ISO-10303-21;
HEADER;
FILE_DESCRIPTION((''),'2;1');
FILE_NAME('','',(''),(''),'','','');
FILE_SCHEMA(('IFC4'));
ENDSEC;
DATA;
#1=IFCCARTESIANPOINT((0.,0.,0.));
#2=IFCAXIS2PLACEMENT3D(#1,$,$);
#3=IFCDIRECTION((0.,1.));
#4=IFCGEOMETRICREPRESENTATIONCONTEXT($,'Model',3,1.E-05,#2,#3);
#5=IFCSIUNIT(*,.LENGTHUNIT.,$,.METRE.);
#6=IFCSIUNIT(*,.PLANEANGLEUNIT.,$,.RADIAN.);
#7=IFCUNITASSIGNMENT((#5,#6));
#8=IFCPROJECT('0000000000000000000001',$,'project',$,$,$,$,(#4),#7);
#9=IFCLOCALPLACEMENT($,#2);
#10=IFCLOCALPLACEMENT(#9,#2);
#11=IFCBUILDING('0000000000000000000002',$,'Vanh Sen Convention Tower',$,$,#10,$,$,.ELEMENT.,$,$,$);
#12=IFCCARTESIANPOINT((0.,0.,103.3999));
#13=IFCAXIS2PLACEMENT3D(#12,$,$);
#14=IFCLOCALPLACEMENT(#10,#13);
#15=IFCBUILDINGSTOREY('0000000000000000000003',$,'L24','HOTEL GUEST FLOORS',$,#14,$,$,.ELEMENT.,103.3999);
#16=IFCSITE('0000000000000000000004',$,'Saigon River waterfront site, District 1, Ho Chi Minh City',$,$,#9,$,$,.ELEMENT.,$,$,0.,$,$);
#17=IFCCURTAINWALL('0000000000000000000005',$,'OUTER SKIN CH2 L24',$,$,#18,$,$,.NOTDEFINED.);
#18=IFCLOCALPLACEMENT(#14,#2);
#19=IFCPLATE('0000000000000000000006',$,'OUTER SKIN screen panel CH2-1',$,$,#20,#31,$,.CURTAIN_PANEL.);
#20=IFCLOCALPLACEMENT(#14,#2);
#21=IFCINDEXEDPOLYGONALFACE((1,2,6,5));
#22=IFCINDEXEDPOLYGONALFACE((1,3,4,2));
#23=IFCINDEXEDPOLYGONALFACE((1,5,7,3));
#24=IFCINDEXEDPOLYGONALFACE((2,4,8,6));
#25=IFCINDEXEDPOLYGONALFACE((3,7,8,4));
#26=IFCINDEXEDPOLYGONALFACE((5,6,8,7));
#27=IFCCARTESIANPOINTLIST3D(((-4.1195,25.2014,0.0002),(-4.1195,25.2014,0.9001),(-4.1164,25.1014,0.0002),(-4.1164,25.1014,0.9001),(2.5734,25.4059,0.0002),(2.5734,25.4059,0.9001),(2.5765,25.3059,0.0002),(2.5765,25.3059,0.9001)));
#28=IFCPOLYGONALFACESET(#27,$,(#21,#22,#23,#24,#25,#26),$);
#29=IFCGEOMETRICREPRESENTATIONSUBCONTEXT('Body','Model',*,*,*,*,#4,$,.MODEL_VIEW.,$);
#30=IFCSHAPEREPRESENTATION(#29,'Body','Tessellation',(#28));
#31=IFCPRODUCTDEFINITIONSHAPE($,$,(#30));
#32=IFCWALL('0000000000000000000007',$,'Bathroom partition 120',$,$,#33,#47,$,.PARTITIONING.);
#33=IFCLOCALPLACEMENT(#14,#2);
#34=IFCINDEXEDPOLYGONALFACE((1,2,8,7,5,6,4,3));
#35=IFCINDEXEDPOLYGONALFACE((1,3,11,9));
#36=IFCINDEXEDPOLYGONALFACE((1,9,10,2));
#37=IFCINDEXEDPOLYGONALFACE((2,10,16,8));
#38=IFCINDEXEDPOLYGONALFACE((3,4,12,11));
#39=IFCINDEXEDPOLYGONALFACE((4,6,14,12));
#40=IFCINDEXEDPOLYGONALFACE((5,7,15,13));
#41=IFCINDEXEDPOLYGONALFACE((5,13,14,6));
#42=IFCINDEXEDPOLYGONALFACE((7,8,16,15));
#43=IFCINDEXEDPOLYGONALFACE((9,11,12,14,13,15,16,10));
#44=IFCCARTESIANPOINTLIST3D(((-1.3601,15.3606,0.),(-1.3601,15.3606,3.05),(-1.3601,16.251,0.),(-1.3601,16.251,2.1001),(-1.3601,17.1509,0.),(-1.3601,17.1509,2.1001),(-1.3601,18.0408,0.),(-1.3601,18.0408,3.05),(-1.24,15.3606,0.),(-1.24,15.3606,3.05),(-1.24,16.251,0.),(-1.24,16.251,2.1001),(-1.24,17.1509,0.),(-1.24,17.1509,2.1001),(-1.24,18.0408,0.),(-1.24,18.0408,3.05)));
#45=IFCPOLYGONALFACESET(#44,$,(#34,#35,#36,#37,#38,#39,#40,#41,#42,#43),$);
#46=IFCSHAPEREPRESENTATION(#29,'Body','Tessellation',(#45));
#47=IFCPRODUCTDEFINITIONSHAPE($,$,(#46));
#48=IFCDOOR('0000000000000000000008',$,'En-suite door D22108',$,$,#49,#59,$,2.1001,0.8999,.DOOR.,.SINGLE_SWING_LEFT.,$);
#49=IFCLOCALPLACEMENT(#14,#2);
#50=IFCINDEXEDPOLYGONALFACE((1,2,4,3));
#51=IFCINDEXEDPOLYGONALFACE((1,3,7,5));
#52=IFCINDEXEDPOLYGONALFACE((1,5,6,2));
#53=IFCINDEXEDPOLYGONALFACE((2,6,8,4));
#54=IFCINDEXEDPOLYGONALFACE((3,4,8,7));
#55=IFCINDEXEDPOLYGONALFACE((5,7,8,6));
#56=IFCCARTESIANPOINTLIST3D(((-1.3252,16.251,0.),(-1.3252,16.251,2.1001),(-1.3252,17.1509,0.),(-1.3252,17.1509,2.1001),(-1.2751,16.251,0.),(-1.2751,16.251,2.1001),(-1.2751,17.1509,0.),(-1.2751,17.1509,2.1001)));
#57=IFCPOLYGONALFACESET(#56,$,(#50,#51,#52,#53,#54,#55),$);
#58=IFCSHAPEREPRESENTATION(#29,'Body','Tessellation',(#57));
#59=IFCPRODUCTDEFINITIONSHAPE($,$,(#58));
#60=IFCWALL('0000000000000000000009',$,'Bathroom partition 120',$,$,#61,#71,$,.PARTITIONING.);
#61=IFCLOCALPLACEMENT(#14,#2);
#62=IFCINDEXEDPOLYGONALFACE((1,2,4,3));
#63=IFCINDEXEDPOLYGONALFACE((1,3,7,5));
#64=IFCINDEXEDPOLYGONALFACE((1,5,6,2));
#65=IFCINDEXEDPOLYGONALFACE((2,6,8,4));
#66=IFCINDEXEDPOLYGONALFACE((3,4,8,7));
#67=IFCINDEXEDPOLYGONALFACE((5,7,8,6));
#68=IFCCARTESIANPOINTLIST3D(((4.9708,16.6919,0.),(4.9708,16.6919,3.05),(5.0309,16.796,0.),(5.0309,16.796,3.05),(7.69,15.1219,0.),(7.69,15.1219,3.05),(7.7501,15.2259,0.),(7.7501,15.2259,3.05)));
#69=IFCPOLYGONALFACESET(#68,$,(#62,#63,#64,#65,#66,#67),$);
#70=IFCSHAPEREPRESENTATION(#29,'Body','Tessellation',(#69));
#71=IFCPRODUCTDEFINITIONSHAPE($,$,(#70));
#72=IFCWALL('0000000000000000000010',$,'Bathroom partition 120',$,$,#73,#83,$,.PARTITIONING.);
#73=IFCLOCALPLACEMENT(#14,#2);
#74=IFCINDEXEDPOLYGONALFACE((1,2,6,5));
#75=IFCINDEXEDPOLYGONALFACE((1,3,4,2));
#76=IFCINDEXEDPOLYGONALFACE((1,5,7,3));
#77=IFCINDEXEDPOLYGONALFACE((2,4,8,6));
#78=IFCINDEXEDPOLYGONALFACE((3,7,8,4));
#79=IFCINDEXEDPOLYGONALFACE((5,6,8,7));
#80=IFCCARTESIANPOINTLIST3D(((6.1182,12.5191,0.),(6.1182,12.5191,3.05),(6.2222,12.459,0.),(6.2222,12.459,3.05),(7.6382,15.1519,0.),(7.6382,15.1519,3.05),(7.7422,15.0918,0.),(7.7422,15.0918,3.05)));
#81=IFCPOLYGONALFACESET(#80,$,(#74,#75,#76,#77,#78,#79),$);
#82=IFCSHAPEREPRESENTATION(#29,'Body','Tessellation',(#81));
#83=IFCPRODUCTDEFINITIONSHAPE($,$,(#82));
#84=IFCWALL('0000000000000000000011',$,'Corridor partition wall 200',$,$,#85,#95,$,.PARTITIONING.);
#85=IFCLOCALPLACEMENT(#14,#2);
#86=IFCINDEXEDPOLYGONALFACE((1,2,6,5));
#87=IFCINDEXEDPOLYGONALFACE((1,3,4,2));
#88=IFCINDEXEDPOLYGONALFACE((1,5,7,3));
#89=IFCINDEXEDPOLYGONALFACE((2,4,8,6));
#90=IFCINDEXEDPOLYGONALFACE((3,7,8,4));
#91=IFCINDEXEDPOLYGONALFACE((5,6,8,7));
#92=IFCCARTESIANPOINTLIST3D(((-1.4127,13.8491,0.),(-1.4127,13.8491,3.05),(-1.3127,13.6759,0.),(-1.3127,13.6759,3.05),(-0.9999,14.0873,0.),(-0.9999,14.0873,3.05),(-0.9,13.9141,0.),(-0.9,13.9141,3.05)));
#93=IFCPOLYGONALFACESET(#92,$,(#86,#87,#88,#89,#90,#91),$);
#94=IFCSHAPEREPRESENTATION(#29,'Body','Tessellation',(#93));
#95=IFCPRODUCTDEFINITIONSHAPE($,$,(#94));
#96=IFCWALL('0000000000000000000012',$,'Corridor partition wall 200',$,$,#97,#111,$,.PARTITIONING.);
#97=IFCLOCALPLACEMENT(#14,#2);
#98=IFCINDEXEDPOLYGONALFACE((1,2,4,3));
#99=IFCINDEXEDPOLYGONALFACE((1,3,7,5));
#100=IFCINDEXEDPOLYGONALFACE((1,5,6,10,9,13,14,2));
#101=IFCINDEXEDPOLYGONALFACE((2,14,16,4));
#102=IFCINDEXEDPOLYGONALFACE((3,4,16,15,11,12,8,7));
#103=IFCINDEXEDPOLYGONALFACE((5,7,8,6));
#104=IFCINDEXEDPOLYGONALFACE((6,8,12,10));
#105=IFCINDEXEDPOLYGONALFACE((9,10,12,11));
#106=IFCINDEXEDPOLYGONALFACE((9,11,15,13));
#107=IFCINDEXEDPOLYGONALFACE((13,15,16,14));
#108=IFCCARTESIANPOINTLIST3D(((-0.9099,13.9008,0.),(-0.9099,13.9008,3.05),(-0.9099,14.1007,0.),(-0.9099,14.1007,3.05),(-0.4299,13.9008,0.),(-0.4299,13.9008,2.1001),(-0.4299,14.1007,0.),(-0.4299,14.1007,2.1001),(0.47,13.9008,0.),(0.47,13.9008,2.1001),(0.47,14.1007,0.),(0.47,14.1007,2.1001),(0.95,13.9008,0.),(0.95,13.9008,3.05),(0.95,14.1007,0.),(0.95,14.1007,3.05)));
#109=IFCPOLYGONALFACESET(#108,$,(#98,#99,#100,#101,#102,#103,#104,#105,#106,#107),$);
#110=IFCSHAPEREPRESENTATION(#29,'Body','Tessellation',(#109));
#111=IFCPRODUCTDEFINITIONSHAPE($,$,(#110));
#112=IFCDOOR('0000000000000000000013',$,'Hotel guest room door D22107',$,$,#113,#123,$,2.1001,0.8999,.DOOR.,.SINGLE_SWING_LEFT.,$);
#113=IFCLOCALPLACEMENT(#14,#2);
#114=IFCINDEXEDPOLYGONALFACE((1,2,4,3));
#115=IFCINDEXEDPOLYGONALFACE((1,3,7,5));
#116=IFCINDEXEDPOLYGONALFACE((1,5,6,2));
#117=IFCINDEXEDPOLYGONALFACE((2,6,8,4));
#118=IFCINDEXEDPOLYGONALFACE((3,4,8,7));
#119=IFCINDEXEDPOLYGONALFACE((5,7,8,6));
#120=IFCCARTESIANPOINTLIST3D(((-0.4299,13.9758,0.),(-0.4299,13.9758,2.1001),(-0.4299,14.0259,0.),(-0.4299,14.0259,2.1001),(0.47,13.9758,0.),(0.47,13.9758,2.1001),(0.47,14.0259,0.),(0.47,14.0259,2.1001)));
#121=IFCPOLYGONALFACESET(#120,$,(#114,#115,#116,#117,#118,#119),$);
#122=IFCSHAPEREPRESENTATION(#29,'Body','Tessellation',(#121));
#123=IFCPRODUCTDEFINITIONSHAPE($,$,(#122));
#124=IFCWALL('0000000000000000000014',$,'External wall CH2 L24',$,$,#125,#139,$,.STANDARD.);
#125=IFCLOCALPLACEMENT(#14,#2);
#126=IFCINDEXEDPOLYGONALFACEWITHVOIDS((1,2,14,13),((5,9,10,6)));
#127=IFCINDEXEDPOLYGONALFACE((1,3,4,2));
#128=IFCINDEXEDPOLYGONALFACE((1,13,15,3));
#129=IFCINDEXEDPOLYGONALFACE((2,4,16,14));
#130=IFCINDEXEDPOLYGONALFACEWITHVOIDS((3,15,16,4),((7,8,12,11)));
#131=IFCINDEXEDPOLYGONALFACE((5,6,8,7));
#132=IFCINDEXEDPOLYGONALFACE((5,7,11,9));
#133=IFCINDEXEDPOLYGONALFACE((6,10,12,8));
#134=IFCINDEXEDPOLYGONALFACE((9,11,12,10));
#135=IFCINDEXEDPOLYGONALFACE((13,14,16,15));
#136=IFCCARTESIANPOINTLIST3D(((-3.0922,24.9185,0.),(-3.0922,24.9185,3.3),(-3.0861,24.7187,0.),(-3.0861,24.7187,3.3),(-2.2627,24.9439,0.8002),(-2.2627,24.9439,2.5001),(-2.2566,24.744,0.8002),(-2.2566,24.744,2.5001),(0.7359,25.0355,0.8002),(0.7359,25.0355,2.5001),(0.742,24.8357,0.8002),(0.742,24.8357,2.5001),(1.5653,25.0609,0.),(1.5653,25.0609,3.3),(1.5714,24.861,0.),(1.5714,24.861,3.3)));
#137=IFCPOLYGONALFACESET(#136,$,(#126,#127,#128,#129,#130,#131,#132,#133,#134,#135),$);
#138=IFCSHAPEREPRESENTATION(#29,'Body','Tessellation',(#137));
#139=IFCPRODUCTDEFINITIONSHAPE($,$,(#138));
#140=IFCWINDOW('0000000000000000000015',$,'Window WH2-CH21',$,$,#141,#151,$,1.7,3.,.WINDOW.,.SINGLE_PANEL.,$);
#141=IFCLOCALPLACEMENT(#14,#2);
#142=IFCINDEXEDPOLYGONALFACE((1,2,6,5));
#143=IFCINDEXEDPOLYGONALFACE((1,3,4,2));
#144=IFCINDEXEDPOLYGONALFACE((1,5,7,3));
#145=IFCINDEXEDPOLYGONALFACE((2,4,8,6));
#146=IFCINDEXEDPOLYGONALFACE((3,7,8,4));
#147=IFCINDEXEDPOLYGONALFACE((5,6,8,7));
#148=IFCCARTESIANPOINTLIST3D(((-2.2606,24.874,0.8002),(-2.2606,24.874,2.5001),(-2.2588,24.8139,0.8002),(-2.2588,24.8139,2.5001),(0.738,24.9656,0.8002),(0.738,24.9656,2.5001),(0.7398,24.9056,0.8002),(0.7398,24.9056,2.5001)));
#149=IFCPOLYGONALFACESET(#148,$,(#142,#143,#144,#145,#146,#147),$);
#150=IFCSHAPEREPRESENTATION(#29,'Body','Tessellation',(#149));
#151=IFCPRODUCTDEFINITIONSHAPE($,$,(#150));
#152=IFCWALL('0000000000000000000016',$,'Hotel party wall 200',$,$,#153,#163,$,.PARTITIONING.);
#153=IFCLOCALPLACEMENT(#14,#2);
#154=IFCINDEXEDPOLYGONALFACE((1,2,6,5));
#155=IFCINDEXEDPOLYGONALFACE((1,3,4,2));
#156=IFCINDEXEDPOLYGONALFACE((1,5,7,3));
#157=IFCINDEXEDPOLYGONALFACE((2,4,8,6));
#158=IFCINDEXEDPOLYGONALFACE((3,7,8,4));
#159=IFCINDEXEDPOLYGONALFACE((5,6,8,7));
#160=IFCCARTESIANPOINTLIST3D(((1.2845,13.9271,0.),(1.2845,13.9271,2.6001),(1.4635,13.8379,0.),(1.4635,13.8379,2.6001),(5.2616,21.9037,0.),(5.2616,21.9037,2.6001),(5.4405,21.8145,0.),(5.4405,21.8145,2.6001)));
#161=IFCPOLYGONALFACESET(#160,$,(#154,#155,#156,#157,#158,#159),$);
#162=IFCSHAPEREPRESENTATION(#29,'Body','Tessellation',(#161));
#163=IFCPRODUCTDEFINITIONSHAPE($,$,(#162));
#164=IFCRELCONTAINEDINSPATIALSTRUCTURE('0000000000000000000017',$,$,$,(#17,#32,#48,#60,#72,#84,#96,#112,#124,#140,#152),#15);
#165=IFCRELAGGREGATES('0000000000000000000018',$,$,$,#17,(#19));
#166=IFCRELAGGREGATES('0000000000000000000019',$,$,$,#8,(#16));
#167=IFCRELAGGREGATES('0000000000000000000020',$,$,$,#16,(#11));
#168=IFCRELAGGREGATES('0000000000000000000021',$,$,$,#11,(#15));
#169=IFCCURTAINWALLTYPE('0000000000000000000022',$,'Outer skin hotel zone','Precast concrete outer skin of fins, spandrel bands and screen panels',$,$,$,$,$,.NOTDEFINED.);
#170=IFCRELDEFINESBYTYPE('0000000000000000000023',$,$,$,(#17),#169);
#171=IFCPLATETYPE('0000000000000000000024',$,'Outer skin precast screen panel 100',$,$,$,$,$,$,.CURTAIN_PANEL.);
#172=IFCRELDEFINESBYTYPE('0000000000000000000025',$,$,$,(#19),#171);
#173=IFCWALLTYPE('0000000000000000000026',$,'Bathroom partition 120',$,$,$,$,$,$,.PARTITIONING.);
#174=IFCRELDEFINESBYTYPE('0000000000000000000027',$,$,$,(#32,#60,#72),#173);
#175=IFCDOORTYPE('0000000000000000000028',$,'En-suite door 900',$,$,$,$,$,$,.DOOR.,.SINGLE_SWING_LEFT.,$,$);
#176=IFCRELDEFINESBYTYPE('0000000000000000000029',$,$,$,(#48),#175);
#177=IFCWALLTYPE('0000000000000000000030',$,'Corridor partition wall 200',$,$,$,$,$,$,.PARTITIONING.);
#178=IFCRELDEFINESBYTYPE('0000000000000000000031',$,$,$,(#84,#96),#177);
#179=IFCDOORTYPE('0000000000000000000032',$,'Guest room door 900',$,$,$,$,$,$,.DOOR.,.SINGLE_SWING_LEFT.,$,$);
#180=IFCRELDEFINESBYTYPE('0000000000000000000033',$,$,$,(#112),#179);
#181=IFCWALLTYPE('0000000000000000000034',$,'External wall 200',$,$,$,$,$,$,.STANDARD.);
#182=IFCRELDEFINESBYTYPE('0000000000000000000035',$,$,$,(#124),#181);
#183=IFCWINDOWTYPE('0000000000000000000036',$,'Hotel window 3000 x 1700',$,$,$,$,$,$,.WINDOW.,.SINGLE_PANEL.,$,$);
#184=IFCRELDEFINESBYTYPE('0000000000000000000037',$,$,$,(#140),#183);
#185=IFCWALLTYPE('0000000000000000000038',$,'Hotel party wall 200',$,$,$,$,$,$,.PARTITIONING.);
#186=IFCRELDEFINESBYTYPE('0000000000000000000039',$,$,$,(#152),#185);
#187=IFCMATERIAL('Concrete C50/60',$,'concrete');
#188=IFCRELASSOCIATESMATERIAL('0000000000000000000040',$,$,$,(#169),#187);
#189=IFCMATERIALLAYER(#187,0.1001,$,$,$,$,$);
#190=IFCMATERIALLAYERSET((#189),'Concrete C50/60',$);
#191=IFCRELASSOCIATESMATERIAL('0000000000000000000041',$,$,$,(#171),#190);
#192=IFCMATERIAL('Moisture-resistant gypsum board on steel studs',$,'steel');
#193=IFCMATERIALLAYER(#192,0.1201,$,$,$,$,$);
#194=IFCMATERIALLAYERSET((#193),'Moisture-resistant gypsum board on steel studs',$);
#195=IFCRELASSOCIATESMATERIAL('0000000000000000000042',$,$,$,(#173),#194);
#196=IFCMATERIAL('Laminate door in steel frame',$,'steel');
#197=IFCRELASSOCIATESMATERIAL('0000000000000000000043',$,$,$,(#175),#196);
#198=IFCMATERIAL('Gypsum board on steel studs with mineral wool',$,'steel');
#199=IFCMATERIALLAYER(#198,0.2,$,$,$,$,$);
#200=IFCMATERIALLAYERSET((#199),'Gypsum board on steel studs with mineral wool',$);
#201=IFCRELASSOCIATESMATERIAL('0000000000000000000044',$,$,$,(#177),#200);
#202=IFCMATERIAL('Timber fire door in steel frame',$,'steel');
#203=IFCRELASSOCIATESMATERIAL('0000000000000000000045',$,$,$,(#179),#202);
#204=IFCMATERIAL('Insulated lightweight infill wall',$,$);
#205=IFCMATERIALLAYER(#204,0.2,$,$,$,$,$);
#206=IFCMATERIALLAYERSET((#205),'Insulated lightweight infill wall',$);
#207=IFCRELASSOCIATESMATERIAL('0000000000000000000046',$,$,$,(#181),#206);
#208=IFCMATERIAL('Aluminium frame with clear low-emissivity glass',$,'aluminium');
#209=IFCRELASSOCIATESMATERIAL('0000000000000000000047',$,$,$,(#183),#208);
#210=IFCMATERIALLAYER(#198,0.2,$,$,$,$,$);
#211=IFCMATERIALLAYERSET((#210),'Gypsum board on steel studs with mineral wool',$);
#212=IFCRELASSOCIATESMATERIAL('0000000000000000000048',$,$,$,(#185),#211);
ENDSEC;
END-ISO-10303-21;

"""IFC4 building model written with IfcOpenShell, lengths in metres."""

from ifc_helpers import new_model, si_unit, direction, frame, frame_2d, origin, origin_2d, place, context, subcontext, project, spatial, rectangle, extrude, material, layer, layer_set, type_object, element, fill, aggregate, save


model = new_model("IFC4")

# Units and contexts
model_context = context("Model", 3, precision=1e-05, world=origin(), true_north=direction((0.0, 1.0)))
body_context = subcontext(model_context, "Body", "Model", "MODEL_VIEW")
ifc_project = project(units=[si_unit("LENGTHUNIT", "METRE"), si_unit("PLANEANGLEUNIT", "RADIAN")], contexts=[model_context])

# Site, building, storey
site_placement = place(None, origin())
site = spatial("IfcSite", under=ifc_project, at=site_placement, Name="Saigon River waterfront site, District 1, Ho Chi Minh City", CompositionType="ELEMENT", RefElevation=0.0)
building_placement = place(site_placement, origin())
building = spatial("IfcBuilding", under=site, at=building_placement, Name="Vanh Sen Convention Tower", CompositionType="ELEMENT")
storey_placement = place(building_placement, frame((0.0, 0.0, 103.3999)))
storey = spatial("IfcBuildingStorey", under=building, at=storey_placement, Name="L24", Description="HOTEL GUEST FLOORS", CompositionType="ELEMENT", Elevation=103.3999)

# Shared definitions
ifc_material_1 = material(Name="Concrete C50/60", Category="concrete")
curtain_wall_type = type_object("IfcCurtainWallType", Name="Outer skin hotel zone", Description="Precast concrete outer skin of fins, spandrel bands and screen panels", PredefinedType="NOTDEFINED", material=ifc_material_1)

# Curtain wall
curtain_wall_1_placement = place(storey_placement, origin())
curtain_wall_1 = element("IfcCurtainWall", 1, at=curtain_wall_1_placement, inside=storey, type_object=curtain_wall_type, Name="OUTER SKIN CH2 L24", PredefinedType="NOTDEFINED")

# Plate
ifc_layer_1 = layer(ifc_material_1, 0.1001)
ifc_layer_set_1 = layer_set([ifc_layer_1], Name="Concrete C50/60")
plate_type = type_object("IfcPlateType", Name="Outer skin precast screen panel 100", PredefinedType="CURTAIN_PANEL", material=ifc_layer_set_1)
plate_1_placement = place(storey_placement, frame((-0.7715, 25.2537, 0.0002), z_axis=(0.0, 0.0, 1.0), x_axis=(-0.999534, -0.030537, 0.0)))
plate_1 = element("IfcPlate", 2, at=plate_1_placement, type_object=plate_type, Name="OUTER SKIN screen panel CH2-1", PredefinedType="CURTAIN_PANEL", context=body_context, shape_type="SweptSolid", body=[
    extrude(rectangle(XDim=6.696, YDim=0.1001, at=origin_2d()), origin(), (0.0, 0.0, 1.0), 0.8999),
])
aggregate(curtain_wall_1, [plate_1])

# Wall, opening, door
ifc_material_2 = material(Name="Moisture-resistant gypsum board on steel studs", Category="steel")
ifc_layer_2 = layer(ifc_material_2, 0.1201)
ifc_layer_set_2 = layer_set([ifc_layer_2], Name="Moisture-resistant gypsum board on steel studs")
wall_type_1 = type_object("IfcWallType", Name="Bathroom partition 120", PredefinedType="PARTITIONING", material=ifc_layer_set_2)
wall_1_placement = place(storey_placement, frame((-1.3, 18.0408, 0.0), z_axis=(0.0, 0.0, 1.0), x_axis=(0.0, -1.0, 0.0)))
wall_1 = element("IfcWall", 3, at=wall_1_placement, inside=storey, type_object=wall_type_1, Name="Bathroom partition 120", PredefinedType="PARTITIONING", context=body_context, shape_type="SweptSolid", body=[
    extrude(rectangle(XDim=2.6802, YDim=0.1201, at=frame_2d((1.3401, 0.0))), origin(), (0.0, 0.0, 1.0), 3.05),
])
opening_1_placement = place(wall_1_placement, frame((0.8899, 0.0, 0.0)))
opening_1 = element("IfcOpeningElement", 4, at=opening_1_placement, cuts=wall_1, PredefinedType="OPENING", context=body_context, shape_type="SweptSolid", body=[
    extrude(rectangle(XDim=0.8999, YDim=2.1001, at=frame_2d((0.45, 1.05))), frame((0.0, 0.0701, 0.0), z_axis=(0.0, -1.0, 0.0), x_axis=(1.0, 0.0, 0.0)), (0.0, 0.0, 1.0), 0.1401),
])
ifc_material_3 = material(Name="Laminate door in steel frame", Category="steel")
door_type_1 = type_object("IfcDoorType", Name="En-suite door 900", OperationType="SINGLE_SWING_LEFT", PredefinedType="DOOR", material=ifc_material_3)
door_1_placement = place(opening_1_placement, origin())
door_1 = element("IfcDoor", 5, at=door_1_placement, inside=storey, type_object=door_type_1, Name="En-suite door D22108", OperationType="SINGLE_SWING_LEFT", OverallHeight=2.1001, OverallWidth=0.8999, PredefinedType="DOOR", context=body_context, shape_type="SweptSolid", body=[
    extrude(rectangle(XDim=0.8999, YDim=2.1001, at=frame_2d((0.45, 1.05))), frame((0.0, 0.0249, 0.0), z_axis=(0.0, -1.0, 0.0), x_axis=(1.0, 0.0, 0.0)), (0.0, 0.0, 1.0), 0.05),
])
fill(opening_1, door_1)

# Walls
wall_2_placement = place(storey_placement, frame((5.001, 16.7439, 0.0), z_axis=(0.0, 0.0, 1.0), x_axis=(0.866009, -0.500028, 0.0)))
element("IfcWall", 6, at=wall_2_placement, inside=storey, type_object=wall_type_1, Name="Bathroom partition 120", PredefinedType="PARTITIONING", context=body_context, shape_type="SweptSolid", body=[
    extrude(rectangle(XDim=3.1399, YDim=0.1201, at=frame_2d((1.5698, 0.0))), origin(), (0.0, 0.0, 1.0), 3.05),
])
wall_3_placement = place(storey_placement, frame((7.6902, 15.1218, 0.0), z_axis=(0.0, 0.0, 1.0), x_axis=(-0.499991, -0.86603, 0.0)))
element("IfcWall", 7, at=wall_3_placement, inside=storey, type_object=wall_type_1, Name="Bathroom partition 120", PredefinedType="PARTITIONING", context=body_context, shape_type="SweptSolid", body=[
    extrude(rectangle(XDim=3.04, YDim=0.1201, at=frame_2d((1.52, 0.0))), origin(), (0.0, 0.0, 1.0), 3.05),
])
ifc_material_4 = material(Name="Gypsum board on steel studs with mineral wool", Category="steel")
ifc_layer_3 = layer(ifc_material_4, 0.2)
ifc_layer_set_3 = layer_set([ifc_layer_3], Name="Gypsum board on steel studs with mineral wool")
wall_type_2 = type_object("IfcWallType", Name="Corridor partition wall 200", PredefinedType="PARTITIONING", material=ifc_layer_set_3)
wall_4_placement = place(storey_placement, frame((-0.95, 14.0007, 0.0), z_axis=(0.0, 0.0, 1.0), x_axis=(-0.866092, -0.499885, 0.0)))
element("IfcWall", 8, at=wall_4_placement, inside=storey, type_object=wall_type_2, Name="Corridor partition wall 200", PredefinedType="PARTITIONING", context=body_context, shape_type="SweptSolid", body=[
    extrude(rectangle(XDim=0.4766, YDim=0.2, at=frame_2d((0.2383, 0.0))), origin(), (0.0, 0.0, 1.0), 3.05),
])

# Wall, opening, door
wall_5_placement = place(storey_placement, frame((0.95, 14.0007, 0.0), z_axis=(0.0, 0.0, 1.0), x_axis=(-1.0, 0.0, 0.0)))
wall_5 = element("IfcWall", 9, at=wall_5_placement, inside=storey, type_object=wall_type_2, Name="Corridor partition wall 200", PredefinedType="PARTITIONING", context=body_context, shape_type="SweptSolid", body=[
    extrude(rectangle(XDim=1.8599, YDim=0.2, at=frame_2d((0.9299, 0.0))), origin(), (0.0, 0.0, 1.0), 3.05),
])
opening_2_placement = place(wall_5_placement, frame((0.48, 0.0, 0.0)))
opening_2 = element("IfcOpeningElement", 10, at=opening_2_placement, cuts=wall_5, PredefinedType="OPENING", context=body_context, shape_type="SweptSolid", body=[
    extrude(rectangle(XDim=0.8999, YDim=2.1001, at=frame_2d((0.45, 1.05))), frame((0.0, 0.1099, 0.0), z_axis=(0.0, -1.0, 0.0), x_axis=(1.0, 0.0, 0.0)), (0.0, 0.0, 1.0), 0.22),
])
ifc_material_5 = material(Name="Timber fire door in steel frame", Category="steel")
door_type_2 = type_object("IfcDoorType", Name="Guest room door 900", OperationType="SINGLE_SWING_LEFT", PredefinedType="DOOR", material=ifc_material_5)
door_2_placement = place(opening_2_placement, origin())
door_2 = element("IfcDoor", 11, at=door_2_placement, inside=storey, type_object=door_type_2, Name="Hotel guest room door D22107", OperationType="SINGLE_SWING_LEFT", OverallHeight=2.1001, OverallWidth=0.8999, PredefinedType="DOOR", context=body_context, shape_type="SweptSolid", body=[
    extrude(rectangle(XDim=0.8999, YDim=2.1001, at=frame_2d((0.45, 1.05))), frame((0.0, 0.0249, 0.0), z_axis=(0.0, -1.0, 0.0), x_axis=(1.0, 0.0, 0.0)), (0.0, 0.0, 1.0), 0.05),
])
fill(opening_2, door_2)

# Wall, opening, window
ifc_material_6 = material(Name="Insulated lightweight infill wall")
ifc_layer_4 = layer(ifc_material_6, 0.2)
ifc_layer_set_4 = layer_set([ifc_layer_4], Name="Insulated lightweight infill wall")
wall_type_3 = type_object("IfcWallType", Name="External wall 200", PredefinedType="STANDARD", material=ifc_layer_set_4)
wall_6_placement = place(storey_placement, frame((1.5684, 24.9609, 0.0), z_axis=(0.0, 0.0, 1.0), x_axis=(-0.999533, -0.030546, 0.0)))
wall_6 = element("IfcWall", 12, at=wall_6_placement, inside=storey, type_object=wall_type_3, Name="External wall CH2 L24", PredefinedType="STANDARD", context=body_context, shape_type="SweptSolid", body=[
    extrude(rectangle(XDim=4.6597, YDim=0.2, at=frame_2d((2.3298, 0.0))), origin(), (0.0, 0.0, 1.0), 3.3),
])
opening_3_placement = place(wall_6_placement, frame((0.8298, 0.0, 0.8)))
opening_3 = element("IfcOpeningElement", 13, at=opening_3_placement, cuts=wall_6, PredefinedType="OPENING", context=body_context, shape_type="SweptSolid", body=[
    extrude(rectangle(XDim=3.0, YDim=1.7, at=frame_2d((1.5, 0.8501))), frame((0.0, 0.1099, 0.0), z_axis=(0.0, -1.0, 0.0), x_axis=(1.0, 0.0, 0.0)), (0.0, 0.0, 1.0), 0.22),
])
ifc_material_7 = material(Name="Aluminium frame with clear low-emissivity glass", Category="aluminium")
window_type = type_object("IfcWindowType", Name="Hotel window 3000 x 1700", PartitioningType="SINGLE_PANEL", PredefinedType="WINDOW", material=ifc_material_7)
window_placement = place(opening_3_placement, origin())
window = element("IfcWindow", 14, at=window_placement, inside=storey, type_object=window_type, Name="Window WH2-CH21", OverallHeight=1.7, OverallWidth=3.0, PartitioningType="SINGLE_PANEL", PredefinedType="WINDOW", context=body_context, shape_type="SweptSolid", body=[
    extrude(rectangle(XDim=3.0, YDim=1.7, at=frame_2d((1.5, 0.8501))), frame((0.0, 0.03, 0.0), z_axis=(0.0, -1.0, 0.0), x_axis=(1.0, 0.0, 0.0)), (0.0, 0.0, 1.0), 0.0601),
])
fill(opening_3, window)

# Wall
ifc_layer_5 = layer(ifc_material_4, 0.2)
ifc_layer_set_5 = layer_set([ifc_layer_5], Name="Gypsum board on steel studs with mineral wool")
wall_type_4 = type_object("IfcWallType", Name="Hotel party wall 200", PredefinedType="PARTITIONING", material=ifc_layer_set_5)
wall_7_placement = place(storey_placement, frame((5.3511, 21.8591, 0.0), z_axis=(0.0, 0.0, 1.0), x_axis=(-0.446205, -0.894931, 0.0)))
element("IfcWall", 15, at=wall_7_placement, inside=storey, type_object=wall_type_4, Name="Hotel party wall 200", PredefinedType="PARTITIONING", context=body_context, shape_type="SweptSolid", body=[
    extrude(rectangle(XDim=8.9131, YDim=0.2, at=frame_2d((4.4565, 0.0))), origin(), (0.0, 0.0, 1.0), 2.6001),
])

save(model, "model.ifc")
